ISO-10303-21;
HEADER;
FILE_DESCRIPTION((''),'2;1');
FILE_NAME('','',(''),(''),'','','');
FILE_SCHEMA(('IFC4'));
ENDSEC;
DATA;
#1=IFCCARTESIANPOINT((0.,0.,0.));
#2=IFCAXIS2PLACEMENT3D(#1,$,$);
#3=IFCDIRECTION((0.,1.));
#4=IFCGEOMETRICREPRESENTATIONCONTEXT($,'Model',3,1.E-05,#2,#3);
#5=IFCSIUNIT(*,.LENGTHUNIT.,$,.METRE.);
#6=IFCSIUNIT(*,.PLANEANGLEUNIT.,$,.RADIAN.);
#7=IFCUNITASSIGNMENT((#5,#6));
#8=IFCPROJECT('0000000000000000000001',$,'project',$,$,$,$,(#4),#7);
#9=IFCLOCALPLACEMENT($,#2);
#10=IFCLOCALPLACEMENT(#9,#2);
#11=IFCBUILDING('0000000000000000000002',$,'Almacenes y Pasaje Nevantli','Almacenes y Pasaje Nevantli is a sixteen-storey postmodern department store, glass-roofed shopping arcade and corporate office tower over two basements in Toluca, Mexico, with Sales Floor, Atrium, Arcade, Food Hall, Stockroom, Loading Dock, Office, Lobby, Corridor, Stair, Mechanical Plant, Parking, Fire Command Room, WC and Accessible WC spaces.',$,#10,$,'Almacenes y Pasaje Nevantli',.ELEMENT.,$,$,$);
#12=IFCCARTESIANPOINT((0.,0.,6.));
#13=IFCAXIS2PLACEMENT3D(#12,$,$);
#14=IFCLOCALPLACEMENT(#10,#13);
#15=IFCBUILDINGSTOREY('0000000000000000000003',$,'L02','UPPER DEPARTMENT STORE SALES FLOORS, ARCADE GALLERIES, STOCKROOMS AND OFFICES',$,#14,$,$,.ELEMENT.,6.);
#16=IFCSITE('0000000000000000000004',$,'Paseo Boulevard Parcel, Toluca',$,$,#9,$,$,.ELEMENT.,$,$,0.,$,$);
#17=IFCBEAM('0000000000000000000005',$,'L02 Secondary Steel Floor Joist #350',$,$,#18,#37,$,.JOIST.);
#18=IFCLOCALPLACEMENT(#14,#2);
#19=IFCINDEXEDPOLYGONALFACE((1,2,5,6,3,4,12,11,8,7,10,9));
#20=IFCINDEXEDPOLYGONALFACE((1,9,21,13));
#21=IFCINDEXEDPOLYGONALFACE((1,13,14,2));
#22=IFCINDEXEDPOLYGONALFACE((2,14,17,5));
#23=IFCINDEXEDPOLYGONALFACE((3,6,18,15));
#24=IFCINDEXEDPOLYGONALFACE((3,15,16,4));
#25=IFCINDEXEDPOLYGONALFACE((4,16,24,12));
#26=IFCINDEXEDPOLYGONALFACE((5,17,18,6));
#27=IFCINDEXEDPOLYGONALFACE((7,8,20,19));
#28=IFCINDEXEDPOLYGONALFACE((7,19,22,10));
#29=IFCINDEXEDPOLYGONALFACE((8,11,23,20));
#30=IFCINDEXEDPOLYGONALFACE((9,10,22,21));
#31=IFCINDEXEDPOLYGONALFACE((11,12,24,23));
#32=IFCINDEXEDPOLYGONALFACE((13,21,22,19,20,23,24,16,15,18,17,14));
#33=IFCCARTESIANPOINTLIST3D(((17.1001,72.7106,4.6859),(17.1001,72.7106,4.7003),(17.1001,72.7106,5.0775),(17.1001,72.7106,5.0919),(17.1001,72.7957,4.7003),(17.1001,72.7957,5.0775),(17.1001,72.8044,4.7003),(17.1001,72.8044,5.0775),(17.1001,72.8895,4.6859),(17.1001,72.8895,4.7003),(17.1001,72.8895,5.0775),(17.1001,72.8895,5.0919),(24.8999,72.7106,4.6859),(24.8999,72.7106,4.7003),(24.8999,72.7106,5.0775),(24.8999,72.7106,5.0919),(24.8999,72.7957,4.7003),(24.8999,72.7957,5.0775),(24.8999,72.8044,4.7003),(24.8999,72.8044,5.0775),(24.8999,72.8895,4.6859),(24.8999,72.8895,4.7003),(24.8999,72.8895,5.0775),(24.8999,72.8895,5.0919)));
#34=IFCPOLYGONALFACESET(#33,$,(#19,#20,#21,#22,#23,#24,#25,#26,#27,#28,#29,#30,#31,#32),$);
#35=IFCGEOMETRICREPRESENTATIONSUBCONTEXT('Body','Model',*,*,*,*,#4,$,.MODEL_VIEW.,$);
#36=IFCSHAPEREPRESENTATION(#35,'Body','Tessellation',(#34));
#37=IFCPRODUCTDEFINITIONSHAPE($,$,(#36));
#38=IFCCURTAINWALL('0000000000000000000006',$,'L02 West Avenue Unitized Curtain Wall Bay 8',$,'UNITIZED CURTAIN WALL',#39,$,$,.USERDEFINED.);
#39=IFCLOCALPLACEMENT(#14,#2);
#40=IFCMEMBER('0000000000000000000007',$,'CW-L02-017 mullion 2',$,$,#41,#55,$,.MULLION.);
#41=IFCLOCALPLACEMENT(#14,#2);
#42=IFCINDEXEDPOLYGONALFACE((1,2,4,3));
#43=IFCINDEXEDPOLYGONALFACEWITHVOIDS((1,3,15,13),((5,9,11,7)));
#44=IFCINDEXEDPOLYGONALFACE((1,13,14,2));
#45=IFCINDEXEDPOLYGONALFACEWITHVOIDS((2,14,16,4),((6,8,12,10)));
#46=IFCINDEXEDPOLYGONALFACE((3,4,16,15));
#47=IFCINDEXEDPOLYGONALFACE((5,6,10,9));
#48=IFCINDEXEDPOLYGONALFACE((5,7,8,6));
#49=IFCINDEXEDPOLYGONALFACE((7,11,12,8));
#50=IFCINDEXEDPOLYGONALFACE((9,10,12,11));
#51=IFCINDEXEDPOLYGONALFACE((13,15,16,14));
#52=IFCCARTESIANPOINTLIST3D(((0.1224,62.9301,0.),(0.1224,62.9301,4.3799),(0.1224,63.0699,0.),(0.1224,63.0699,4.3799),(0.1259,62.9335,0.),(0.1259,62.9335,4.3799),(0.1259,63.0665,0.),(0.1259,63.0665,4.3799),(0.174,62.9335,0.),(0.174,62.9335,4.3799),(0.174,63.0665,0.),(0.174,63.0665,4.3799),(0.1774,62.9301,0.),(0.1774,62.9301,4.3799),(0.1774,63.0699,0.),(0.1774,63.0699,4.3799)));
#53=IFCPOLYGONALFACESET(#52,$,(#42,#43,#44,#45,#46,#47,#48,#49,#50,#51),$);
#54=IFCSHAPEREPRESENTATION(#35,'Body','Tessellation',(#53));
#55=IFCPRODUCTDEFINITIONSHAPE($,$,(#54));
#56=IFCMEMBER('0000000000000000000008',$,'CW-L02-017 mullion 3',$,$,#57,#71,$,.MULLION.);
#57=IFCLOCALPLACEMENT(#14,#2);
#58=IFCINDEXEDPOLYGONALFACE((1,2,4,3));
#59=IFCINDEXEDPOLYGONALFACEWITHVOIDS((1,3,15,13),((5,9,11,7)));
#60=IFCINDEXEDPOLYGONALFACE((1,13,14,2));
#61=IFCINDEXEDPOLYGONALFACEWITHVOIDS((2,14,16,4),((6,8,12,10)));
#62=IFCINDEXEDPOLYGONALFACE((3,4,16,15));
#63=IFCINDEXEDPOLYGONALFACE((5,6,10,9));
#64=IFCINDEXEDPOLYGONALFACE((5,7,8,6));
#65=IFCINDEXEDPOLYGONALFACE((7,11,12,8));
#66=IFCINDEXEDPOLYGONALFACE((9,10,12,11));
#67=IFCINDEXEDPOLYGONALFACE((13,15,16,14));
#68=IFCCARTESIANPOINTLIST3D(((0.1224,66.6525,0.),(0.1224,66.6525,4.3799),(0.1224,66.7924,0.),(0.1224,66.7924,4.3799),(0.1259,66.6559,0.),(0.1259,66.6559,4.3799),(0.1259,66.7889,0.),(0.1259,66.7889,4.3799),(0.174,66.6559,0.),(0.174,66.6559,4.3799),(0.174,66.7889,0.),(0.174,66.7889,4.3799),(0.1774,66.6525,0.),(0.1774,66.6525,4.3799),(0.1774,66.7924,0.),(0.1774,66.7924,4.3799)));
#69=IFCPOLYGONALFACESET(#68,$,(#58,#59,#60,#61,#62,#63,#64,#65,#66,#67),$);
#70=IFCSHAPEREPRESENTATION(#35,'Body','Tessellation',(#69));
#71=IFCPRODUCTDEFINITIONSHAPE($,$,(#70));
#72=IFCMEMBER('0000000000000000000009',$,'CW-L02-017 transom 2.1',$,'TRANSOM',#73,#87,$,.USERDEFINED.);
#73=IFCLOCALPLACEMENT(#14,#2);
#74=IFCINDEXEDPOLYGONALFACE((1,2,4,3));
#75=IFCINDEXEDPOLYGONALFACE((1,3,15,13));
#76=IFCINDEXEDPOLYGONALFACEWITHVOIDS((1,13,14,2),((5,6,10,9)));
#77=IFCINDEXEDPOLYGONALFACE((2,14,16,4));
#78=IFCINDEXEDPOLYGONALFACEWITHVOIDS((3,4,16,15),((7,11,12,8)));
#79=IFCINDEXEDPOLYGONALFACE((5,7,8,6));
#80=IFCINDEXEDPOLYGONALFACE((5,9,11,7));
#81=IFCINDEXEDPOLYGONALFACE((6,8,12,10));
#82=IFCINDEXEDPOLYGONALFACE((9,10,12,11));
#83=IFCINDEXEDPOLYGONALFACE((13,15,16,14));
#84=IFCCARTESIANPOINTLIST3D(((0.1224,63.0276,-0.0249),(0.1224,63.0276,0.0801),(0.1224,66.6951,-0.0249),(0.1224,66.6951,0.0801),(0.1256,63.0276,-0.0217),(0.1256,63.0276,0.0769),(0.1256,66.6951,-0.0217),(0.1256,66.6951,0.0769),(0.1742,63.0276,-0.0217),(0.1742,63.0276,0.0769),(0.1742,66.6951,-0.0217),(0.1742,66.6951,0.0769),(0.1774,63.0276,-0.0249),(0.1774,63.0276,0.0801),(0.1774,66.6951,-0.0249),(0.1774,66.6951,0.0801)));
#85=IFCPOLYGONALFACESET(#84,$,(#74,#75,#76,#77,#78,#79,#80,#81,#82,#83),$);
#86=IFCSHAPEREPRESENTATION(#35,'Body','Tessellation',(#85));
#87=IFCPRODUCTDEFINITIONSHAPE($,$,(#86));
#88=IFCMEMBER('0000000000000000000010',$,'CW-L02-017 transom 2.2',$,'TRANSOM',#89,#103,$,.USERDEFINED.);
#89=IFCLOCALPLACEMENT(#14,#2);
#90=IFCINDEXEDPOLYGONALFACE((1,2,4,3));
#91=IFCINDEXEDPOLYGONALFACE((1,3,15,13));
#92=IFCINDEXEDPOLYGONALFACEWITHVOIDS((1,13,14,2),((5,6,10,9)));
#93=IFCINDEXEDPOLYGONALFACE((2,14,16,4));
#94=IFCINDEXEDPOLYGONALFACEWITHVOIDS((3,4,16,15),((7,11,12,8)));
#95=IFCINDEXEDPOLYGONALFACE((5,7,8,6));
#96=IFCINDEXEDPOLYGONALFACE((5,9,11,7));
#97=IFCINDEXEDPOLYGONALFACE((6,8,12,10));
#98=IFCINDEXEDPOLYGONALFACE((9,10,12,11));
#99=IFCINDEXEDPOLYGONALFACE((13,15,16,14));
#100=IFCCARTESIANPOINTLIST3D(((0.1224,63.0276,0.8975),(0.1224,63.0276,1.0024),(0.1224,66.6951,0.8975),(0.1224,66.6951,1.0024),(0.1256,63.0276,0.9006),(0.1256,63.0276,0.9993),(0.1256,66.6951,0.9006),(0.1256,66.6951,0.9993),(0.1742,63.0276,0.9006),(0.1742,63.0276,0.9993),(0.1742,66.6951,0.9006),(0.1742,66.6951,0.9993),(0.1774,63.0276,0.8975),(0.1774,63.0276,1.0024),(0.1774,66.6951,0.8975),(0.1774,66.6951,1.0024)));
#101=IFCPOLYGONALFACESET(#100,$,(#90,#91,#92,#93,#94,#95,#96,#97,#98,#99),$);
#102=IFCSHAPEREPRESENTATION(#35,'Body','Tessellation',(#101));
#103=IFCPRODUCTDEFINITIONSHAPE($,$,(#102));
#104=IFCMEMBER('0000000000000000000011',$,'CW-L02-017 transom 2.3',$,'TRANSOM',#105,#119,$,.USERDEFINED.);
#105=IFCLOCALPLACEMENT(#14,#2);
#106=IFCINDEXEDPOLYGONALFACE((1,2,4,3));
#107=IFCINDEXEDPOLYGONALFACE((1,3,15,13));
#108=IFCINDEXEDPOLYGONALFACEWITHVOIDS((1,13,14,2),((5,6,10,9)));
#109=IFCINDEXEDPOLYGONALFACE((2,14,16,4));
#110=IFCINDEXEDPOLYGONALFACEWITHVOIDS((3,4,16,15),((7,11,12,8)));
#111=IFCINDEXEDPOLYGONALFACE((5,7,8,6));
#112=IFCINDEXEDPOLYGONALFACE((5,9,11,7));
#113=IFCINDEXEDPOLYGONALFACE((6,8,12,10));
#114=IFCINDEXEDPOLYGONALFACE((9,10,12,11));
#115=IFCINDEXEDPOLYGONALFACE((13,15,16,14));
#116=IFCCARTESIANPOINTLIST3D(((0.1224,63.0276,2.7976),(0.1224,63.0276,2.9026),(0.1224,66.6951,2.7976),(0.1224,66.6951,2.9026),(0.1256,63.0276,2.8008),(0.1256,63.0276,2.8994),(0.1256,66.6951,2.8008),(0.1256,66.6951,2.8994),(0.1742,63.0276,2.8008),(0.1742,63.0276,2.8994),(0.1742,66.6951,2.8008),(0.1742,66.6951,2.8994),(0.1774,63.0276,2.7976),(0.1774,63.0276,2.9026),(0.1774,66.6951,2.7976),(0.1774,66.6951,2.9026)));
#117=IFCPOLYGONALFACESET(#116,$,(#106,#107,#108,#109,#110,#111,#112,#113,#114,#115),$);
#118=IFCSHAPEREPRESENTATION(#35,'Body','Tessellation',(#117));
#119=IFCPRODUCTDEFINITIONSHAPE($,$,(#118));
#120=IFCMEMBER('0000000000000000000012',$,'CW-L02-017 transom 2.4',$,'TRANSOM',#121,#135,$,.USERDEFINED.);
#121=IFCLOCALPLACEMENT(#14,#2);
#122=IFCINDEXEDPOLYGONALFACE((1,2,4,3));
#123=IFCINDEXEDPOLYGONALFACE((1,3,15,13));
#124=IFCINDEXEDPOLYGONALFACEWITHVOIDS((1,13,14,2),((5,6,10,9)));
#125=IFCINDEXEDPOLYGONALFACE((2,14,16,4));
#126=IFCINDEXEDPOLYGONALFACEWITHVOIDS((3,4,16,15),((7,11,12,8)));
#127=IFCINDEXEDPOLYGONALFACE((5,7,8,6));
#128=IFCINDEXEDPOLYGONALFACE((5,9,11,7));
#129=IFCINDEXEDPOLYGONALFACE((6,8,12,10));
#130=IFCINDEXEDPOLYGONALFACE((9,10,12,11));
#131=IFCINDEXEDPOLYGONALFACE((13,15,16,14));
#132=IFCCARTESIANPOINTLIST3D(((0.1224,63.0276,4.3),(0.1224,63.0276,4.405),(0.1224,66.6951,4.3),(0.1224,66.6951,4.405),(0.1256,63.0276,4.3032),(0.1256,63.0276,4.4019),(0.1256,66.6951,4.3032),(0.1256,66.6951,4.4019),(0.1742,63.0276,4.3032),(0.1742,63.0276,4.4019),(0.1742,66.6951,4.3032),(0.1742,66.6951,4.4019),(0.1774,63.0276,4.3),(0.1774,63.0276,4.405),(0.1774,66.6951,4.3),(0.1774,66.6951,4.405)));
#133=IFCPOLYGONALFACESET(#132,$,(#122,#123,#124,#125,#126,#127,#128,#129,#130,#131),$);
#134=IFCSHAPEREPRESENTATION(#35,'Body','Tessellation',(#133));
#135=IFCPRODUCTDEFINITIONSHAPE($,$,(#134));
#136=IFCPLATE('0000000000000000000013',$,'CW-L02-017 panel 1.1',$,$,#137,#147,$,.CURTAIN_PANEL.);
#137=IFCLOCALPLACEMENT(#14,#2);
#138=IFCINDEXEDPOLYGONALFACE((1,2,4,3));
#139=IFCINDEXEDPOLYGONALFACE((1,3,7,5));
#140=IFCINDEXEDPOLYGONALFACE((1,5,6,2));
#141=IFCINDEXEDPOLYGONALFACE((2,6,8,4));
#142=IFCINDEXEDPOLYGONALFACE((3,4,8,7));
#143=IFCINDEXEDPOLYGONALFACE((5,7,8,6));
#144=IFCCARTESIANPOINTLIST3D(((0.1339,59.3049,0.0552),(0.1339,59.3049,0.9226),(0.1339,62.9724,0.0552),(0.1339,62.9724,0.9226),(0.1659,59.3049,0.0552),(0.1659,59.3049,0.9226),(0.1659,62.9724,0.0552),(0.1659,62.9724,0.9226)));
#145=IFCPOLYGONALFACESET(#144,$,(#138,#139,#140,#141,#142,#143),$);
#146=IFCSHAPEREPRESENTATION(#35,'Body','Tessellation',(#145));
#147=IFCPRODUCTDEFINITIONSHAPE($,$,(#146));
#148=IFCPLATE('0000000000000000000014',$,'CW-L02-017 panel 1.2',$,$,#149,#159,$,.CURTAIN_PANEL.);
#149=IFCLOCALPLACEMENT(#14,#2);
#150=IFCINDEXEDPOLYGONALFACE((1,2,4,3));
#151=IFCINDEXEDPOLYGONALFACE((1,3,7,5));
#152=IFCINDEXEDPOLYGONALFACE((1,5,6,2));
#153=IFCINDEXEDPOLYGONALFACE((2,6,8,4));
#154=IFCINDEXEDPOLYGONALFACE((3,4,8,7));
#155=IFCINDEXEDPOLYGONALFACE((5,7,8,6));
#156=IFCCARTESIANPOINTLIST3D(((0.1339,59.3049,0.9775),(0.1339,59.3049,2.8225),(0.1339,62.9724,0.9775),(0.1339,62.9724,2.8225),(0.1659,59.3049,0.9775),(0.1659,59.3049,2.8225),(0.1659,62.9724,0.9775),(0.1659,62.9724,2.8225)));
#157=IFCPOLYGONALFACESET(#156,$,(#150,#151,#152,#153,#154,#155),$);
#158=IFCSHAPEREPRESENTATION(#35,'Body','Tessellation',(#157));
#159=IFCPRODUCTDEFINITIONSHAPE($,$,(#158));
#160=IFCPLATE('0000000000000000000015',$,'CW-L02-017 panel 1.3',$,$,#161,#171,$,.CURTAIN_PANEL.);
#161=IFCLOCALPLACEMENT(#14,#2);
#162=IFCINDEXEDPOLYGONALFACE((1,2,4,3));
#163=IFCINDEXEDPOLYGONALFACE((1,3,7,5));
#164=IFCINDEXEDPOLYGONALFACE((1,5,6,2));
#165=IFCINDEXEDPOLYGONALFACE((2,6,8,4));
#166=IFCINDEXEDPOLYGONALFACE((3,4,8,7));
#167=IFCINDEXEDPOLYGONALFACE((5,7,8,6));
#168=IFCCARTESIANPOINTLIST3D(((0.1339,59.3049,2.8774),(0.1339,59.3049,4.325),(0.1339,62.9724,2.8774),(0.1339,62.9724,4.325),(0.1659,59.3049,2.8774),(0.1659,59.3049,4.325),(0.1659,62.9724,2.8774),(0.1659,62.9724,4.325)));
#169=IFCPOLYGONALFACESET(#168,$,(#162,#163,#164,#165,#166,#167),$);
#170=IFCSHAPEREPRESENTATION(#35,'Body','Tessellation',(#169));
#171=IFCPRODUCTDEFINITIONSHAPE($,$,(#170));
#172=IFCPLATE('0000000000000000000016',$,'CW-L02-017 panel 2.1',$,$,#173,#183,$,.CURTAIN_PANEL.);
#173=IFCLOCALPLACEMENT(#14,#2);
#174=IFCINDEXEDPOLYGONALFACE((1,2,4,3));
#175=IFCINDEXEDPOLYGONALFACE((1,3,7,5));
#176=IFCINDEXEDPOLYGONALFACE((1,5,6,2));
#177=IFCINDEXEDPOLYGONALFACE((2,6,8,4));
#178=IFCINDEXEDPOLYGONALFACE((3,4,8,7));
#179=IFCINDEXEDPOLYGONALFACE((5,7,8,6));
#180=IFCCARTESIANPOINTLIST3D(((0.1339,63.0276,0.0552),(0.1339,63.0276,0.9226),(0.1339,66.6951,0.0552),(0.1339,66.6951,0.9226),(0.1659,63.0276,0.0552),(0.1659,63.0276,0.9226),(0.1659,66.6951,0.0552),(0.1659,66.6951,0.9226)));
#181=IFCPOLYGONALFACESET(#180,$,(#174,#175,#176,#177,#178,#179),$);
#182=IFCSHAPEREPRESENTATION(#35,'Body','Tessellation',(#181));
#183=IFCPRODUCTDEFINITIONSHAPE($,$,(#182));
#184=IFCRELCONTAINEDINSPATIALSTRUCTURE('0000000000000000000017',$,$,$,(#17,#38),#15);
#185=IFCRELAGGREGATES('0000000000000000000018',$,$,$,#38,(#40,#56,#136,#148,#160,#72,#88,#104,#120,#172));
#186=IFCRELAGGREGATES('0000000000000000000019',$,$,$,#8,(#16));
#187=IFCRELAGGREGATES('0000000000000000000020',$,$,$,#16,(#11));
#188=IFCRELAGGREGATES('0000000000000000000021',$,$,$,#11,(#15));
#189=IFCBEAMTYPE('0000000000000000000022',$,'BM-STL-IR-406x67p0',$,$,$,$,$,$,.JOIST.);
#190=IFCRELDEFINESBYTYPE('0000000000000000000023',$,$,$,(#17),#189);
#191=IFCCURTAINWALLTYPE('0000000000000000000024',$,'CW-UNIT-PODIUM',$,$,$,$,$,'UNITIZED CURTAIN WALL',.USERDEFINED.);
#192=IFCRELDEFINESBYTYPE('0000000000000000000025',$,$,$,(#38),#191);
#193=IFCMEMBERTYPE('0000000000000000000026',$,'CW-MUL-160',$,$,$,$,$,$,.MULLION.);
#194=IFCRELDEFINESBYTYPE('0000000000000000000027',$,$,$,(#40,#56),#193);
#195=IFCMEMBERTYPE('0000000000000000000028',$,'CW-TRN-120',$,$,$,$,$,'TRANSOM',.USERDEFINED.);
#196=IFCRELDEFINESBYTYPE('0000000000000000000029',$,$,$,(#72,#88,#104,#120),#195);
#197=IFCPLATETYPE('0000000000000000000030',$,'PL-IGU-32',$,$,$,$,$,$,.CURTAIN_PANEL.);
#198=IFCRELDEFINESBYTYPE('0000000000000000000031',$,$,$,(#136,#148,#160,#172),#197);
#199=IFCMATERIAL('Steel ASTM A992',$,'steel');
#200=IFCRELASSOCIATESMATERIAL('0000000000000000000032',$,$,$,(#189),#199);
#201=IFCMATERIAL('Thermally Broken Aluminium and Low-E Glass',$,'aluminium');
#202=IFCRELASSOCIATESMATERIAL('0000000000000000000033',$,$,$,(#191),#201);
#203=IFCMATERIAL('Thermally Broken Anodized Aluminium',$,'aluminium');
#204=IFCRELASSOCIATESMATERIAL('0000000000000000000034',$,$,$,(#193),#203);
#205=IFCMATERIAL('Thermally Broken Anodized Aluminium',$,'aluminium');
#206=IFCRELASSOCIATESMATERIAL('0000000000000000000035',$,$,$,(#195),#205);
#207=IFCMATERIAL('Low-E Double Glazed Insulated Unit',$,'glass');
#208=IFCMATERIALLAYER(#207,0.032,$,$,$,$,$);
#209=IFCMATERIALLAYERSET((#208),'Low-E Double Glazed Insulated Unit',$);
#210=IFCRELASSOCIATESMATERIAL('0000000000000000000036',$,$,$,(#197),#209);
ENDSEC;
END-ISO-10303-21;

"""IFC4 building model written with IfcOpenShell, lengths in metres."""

from ifc_helpers import new_model, si_unit, direction, frame, origin, origin_2d, place, context, subcontext, project, spatial, rectangle, hollow_rectangle, i_section, extrude, material, layer, layer_set, material_profile, profile_set, type_object, element, aggregate, save


model = new_model("IFC4")

# Units and contexts
model_context = context("Model", 3, precision=1e-05, world=origin(), true_north=direction((0.0, 1.0)))
body_context = subcontext(model_context, "Body", "Model", "MODEL_VIEW")
ifc_project = project(units=[si_unit("LENGTHUNIT", "METRE"), si_unit("PLANEANGLEUNIT", "RADIAN")], contexts=[model_context])

# Site, building, storey
site_placement = place(None, origin())
site = spatial("IfcSite", under=ifc_project, at=site_placement, Name="Paseo Boulevard Parcel, Toluca", CompositionType="ELEMENT", RefElevation=0.0)
building_placement = place(site_placement, origin())
building = spatial("IfcBuilding", under=site, at=building_placement, Name="Almacenes y Pasaje Nevantli", Description="Almacenes y Pasaje Nevantli is a sixteen-storey postmodern department store, glass-roofed shopping arcade and corporate office tower over two basements in Toluca, Mexico, with Sales Floor, Atrium, Arcade, Food Hall, Stockroom, Loading Dock, Office, Lobby, Corridor, Stair, Mechanical Plant, Parking, Fire Command Room, WC and Accessible WC spaces.", LongName="Almacenes y Pasaje Nevantli", CompositionType="ELEMENT")
storey_placement = place(building_placement, frame((0.0, 0.0, 6.0)))
storey = spatial("IfcBuildingStorey", under=building, at=storey_placement, Name="L02", Description="UPPER DEPARTMENT STORE SALES FLOORS, ARCADE GALLERIES, STOCKROOMS AND OFFICES", CompositionType="ELEMENT", Elevation=6.0)

# Beam
ifc_material_1 = material(Name="Steel ASTM A992", Category="steel")
ifc_material_profile_1 = material_profile(ifc_material_1, i_section(OverallWidth=0.179, OverallDepth=0.406, WebThickness=0.0088, FlangeThickness=0.0144, at=origin_2d()), Name="IR 406x67.0")
ifc_profile_set_1 = profile_set([ifc_material_profile_1], Name="Steel ASTM A992")
beam_type_1 = type_object("IfcBeamType", Name="BM-STL-IR-406x67p0", PredefinedType="JOIST", material=ifc_profile_set_1)
for number, where, z_axis, x_axis, name in (
    (1, (17.1001, 72.8, 4.8889), (1.0, 0.0, 0.0), (0.0, 1.0, 0.0), "L02 Secondary Steel Floor Joist #350"),
):
    element("IfcBeam", number, at=place(storey_placement, frame(where, z_axis=z_axis, x_axis=x_axis)), inside=storey, type_object=beam_type_1, Name=name, PredefinedType="JOIST", context=body_context, shape_type="SweptSolid", body=[
        extrude(i_section(OverallWidth=0.179, OverallDepth=0.406, WebThickness=0.0088, FlangeThickness=0.0144, at=origin_2d()), origin(), (0.0, 0.0, 1.0), 7.7998),
    ])

# Curtain wall, members, plates
ifc_material_2 = material(Name="Thermally Broken Aluminium and Low-E Glass", Category="aluminium")
curtain_wall_type = type_object("IfcCurtainWallType", Name="CW-UNIT-PODIUM", ElementType="UNITIZED CURTAIN WALL", PredefinedType="USERDEFINED", material=ifc_material_2)
curtain_wall_placement = place(storey_placement, origin())
curtain_wall = element("IfcCurtainWall", 2, at=curtain_wall_placement, inside=storey, type_object=curtain_wall_type, Name="L02 West Avenue Unitized Curtain Wall Bay 8", ObjectType="UNITIZED CURTAIN WALL", PredefinedType="USERDEFINED")
ifc_material_3 = material(Name="Thermally Broken Anodized Aluminium", Category="aluminium")
ifc_material_profile_2 = material_profile(ifc_material_3, hollow_rectangle(XDim=0.0549, YDim=0.1399, WallThickness=0.0034, at=origin_2d()), Name="ALU-MUL-55x140")
ifc_profile_set_2 = profile_set([ifc_material_profile_2], Name="Thermally Broken Anodized Aluminium")
member_type_1 = type_object("IfcMemberType", Name="CW-MUL-160", PredefinedType="MULLION", material=ifc_profile_set_2)
member_1_placement = place(storey_placement, frame((0.1499, 63.0, 0.0), z_axis=(0.0, 0.0, 1.0), x_axis=(-1.0, 0.0, 0.0)))
member_1 = element("IfcMember", 3, at=member_1_placement, type_object=member_type_1, Name="CW-L02-017 mullion 2", PredefinedType="MULLION", context=body_context, shape_type="SweptSolid", body=[
    extrude(hollow_rectangle(XDim=0.0549, YDim=0.1399, WallThickness=0.0034, at=origin_2d()), origin(), (0.0, 0.0, 1.0), 4.3799),
])
member_2_placement = place(storey_placement, frame((0.1499, 66.7224, 0.0), z_axis=(0.0, 0.0, 1.0), x_axis=(-1.0, 0.0, 0.0)))
member_2 = element("IfcMember", 4, at=member_2_placement, type_object=member_type_1, Name="CW-L02-017 mullion 3", PredefinedType="MULLION", context=body_context, shape_type="SweptSolid", body=[
    extrude(hollow_rectangle(XDim=0.0549, YDim=0.1399, WallThickness=0.0034, at=origin_2d()), origin(), (0.0, 0.0, 1.0), 4.3799),
])
ifc_material_4 = material(Name="Thermally Broken Anodized Aluminium", Category="aluminium")
ifc_material_profile_3 = material_profile(ifc_material_4, hollow_rectangle(XDim=0.0549, YDim=0.105, WallThickness=0.0032, at=origin_2d()), Name="ALU-TRN-55x105")
ifc_profile_set_3 = profile_set([ifc_material_profile_3], Name="Thermally Broken Anodized Aluminium")
member_type_2 = type_object("IfcMemberType", Name="CW-TRN-120", ElementType="TRANSOM", PredefinedType="USERDEFINED", material=ifc_profile_set_3)
member_3_placement = place(storey_placement, frame((0.1499, 63.0276, 0.0276), z_axis=(0.0, 1.0, 0.0), x_axis=(-1.0, 0.0, 0.0)))
member_3 = element("IfcMember", 5, at=member_3_placement, type_object=member_type_2, Name="CW-L02-017 transom 2.1", ObjectType="TRANSOM", PredefinedType="USERDEFINED", context=body_context, shape_type="SweptSolid", body=[
    extrude(hollow_rectangle(XDim=0.0549, YDim=0.105, WallThickness=0.0032, at=origin_2d()), origin(), (0.0, 0.0, 1.0), 3.6675),
])
member_4_placement = place(storey_placement, frame((0.1499, 63.0276, 0.95), z_axis=(0.0, 1.0, 0.0), x_axis=(-1.0, 0.0, 0.0)))
member_4 = element("IfcMember", 6, at=member_4_placement, type_object=member_type_2, Name="CW-L02-017 transom 2.2", ObjectType="TRANSOM", PredefinedType="USERDEFINED", context=body_context, shape_type="SweptSolid", body=[
    extrude(hollow_rectangle(XDim=0.0549, YDim=0.105, WallThickness=0.0032, at=origin_2d()), origin(), (0.0, 0.0, 1.0), 3.6675),
])
member_5_placement = place(storey_placement, frame((0.1499, 63.0276, 2.8501), z_axis=(0.0, 1.0, 0.0), x_axis=(-1.0, 0.0, 0.0)))
member_5 = element("IfcMember", 7, at=member_5_placement, type_object=member_type_2, Name="CW-L02-017 transom 2.3", ObjectType="TRANSOM", PredefinedType="USERDEFINED", context=body_context, shape_type="SweptSolid", body=[
    extrude(hollow_rectangle(XDim=0.0549, YDim=0.105, WallThickness=0.0032, at=origin_2d()), origin(), (0.0, 0.0, 1.0), 3.6675),
])
member_6_placement = place(storey_placement, frame((0.1499, 63.0276, 4.3525), z_axis=(0.0, 1.0, 0.0), x_axis=(-1.0, 0.0, 0.0)))
member_6 = element("IfcMember", 8, at=member_6_placement, type_object=member_type_2, Name="CW-L02-017 transom 2.4", ObjectType="TRANSOM", PredefinedType="USERDEFINED", context=body_context, shape_type="SweptSolid", body=[
    extrude(hollow_rectangle(XDim=0.0549, YDim=0.105, WallThickness=0.0032, at=origin_2d()), origin(), (0.0, 0.0, 1.0), 3.6675),
])
ifc_material_5 = material(Name="Low-E Double Glazed Insulated Unit", Category="glass")
ifc_layer_1 = layer(ifc_material_5, 0.032)
ifc_layer_set_1 = layer_set([ifc_layer_1], Name="Low-E Double Glazed Insulated Unit")
plate_type = type_object("IfcPlateType", Name="PL-IGU-32", PredefinedType="CURTAIN_PANEL", material=ifc_layer_set_1)
plate_1_placement = place(storey_placement, frame((0.1499, 61.1387, 0.0552), z_axis=(0.0, 0.0, 1.0), x_axis=(0.0, 1.0, 0.0)))
plate_1 = element("IfcPlate", 9, at=plate_1_placement, type_object=plate_type, Name="CW-L02-017 panel 1.1", PredefinedType="CURTAIN_PANEL", context=body_context, shape_type="SweptSolid", body=[
    extrude(rectangle(XDim=3.6675, YDim=0.032, at=origin_2d()), origin(), (0.0, 0.0, 1.0), 0.8674),
])
plate_2_placement = place(storey_placement, frame((0.1499, 61.1387, 0.9775), z_axis=(0.0, 0.0, 1.0), x_axis=(0.0, 1.0, 0.0)))
plate_2 = element("IfcPlate", 10, at=plate_2_placement, type_object=plate_type, Name="CW-L02-017 panel 1.2", PredefinedType="CURTAIN_PANEL", context=body_context, shape_type="SweptSolid", body=[
    extrude(rectangle(XDim=3.6675, YDim=0.032, at=origin_2d()), origin(), (0.0, 0.0, 1.0), 1.845),
])
plate_3_placement = place(storey_placement, frame((0.1499, 61.1387, 2.8774), z_axis=(0.0, 0.0, 1.0), x_axis=(0.0, 1.0, 0.0)))
plate_3 = element("IfcPlate", 11, at=plate_3_placement, type_object=plate_type, Name="CW-L02-017 panel 1.3", PredefinedType="CURTAIN_PANEL", context=body_context, shape_type="SweptSolid", body=[
    extrude(rectangle(XDim=3.6675, YDim=0.032, at=origin_2d()), origin(), (0.0, 0.0, 1.0), 1.4475),
])
plate_4_placement = place(storey_placement, frame((0.1499, 64.8613, 0.0552), z_axis=(0.0, 0.0, 1.0), x_axis=(0.0, 1.0, 0.0)))
plate_4 = element("IfcPlate", 12, at=plate_4_placement, type_object=plate_type, Name="CW-L02-017 panel 2.1", PredefinedType="CURTAIN_PANEL", context=body_context, shape_type="SweptSolid", body=[
    extrude(rectangle(XDim=3.6675, YDim=0.032, at=origin_2d()), origin(), (0.0, 0.0, 1.0), 0.8674),
])
aggregate(curtain_wall, [member_1, member_2, plate_1, plate_2, plate_3, member_3, member_4, member_5, member_6, plate_4])

save(model, "model.ifc")
